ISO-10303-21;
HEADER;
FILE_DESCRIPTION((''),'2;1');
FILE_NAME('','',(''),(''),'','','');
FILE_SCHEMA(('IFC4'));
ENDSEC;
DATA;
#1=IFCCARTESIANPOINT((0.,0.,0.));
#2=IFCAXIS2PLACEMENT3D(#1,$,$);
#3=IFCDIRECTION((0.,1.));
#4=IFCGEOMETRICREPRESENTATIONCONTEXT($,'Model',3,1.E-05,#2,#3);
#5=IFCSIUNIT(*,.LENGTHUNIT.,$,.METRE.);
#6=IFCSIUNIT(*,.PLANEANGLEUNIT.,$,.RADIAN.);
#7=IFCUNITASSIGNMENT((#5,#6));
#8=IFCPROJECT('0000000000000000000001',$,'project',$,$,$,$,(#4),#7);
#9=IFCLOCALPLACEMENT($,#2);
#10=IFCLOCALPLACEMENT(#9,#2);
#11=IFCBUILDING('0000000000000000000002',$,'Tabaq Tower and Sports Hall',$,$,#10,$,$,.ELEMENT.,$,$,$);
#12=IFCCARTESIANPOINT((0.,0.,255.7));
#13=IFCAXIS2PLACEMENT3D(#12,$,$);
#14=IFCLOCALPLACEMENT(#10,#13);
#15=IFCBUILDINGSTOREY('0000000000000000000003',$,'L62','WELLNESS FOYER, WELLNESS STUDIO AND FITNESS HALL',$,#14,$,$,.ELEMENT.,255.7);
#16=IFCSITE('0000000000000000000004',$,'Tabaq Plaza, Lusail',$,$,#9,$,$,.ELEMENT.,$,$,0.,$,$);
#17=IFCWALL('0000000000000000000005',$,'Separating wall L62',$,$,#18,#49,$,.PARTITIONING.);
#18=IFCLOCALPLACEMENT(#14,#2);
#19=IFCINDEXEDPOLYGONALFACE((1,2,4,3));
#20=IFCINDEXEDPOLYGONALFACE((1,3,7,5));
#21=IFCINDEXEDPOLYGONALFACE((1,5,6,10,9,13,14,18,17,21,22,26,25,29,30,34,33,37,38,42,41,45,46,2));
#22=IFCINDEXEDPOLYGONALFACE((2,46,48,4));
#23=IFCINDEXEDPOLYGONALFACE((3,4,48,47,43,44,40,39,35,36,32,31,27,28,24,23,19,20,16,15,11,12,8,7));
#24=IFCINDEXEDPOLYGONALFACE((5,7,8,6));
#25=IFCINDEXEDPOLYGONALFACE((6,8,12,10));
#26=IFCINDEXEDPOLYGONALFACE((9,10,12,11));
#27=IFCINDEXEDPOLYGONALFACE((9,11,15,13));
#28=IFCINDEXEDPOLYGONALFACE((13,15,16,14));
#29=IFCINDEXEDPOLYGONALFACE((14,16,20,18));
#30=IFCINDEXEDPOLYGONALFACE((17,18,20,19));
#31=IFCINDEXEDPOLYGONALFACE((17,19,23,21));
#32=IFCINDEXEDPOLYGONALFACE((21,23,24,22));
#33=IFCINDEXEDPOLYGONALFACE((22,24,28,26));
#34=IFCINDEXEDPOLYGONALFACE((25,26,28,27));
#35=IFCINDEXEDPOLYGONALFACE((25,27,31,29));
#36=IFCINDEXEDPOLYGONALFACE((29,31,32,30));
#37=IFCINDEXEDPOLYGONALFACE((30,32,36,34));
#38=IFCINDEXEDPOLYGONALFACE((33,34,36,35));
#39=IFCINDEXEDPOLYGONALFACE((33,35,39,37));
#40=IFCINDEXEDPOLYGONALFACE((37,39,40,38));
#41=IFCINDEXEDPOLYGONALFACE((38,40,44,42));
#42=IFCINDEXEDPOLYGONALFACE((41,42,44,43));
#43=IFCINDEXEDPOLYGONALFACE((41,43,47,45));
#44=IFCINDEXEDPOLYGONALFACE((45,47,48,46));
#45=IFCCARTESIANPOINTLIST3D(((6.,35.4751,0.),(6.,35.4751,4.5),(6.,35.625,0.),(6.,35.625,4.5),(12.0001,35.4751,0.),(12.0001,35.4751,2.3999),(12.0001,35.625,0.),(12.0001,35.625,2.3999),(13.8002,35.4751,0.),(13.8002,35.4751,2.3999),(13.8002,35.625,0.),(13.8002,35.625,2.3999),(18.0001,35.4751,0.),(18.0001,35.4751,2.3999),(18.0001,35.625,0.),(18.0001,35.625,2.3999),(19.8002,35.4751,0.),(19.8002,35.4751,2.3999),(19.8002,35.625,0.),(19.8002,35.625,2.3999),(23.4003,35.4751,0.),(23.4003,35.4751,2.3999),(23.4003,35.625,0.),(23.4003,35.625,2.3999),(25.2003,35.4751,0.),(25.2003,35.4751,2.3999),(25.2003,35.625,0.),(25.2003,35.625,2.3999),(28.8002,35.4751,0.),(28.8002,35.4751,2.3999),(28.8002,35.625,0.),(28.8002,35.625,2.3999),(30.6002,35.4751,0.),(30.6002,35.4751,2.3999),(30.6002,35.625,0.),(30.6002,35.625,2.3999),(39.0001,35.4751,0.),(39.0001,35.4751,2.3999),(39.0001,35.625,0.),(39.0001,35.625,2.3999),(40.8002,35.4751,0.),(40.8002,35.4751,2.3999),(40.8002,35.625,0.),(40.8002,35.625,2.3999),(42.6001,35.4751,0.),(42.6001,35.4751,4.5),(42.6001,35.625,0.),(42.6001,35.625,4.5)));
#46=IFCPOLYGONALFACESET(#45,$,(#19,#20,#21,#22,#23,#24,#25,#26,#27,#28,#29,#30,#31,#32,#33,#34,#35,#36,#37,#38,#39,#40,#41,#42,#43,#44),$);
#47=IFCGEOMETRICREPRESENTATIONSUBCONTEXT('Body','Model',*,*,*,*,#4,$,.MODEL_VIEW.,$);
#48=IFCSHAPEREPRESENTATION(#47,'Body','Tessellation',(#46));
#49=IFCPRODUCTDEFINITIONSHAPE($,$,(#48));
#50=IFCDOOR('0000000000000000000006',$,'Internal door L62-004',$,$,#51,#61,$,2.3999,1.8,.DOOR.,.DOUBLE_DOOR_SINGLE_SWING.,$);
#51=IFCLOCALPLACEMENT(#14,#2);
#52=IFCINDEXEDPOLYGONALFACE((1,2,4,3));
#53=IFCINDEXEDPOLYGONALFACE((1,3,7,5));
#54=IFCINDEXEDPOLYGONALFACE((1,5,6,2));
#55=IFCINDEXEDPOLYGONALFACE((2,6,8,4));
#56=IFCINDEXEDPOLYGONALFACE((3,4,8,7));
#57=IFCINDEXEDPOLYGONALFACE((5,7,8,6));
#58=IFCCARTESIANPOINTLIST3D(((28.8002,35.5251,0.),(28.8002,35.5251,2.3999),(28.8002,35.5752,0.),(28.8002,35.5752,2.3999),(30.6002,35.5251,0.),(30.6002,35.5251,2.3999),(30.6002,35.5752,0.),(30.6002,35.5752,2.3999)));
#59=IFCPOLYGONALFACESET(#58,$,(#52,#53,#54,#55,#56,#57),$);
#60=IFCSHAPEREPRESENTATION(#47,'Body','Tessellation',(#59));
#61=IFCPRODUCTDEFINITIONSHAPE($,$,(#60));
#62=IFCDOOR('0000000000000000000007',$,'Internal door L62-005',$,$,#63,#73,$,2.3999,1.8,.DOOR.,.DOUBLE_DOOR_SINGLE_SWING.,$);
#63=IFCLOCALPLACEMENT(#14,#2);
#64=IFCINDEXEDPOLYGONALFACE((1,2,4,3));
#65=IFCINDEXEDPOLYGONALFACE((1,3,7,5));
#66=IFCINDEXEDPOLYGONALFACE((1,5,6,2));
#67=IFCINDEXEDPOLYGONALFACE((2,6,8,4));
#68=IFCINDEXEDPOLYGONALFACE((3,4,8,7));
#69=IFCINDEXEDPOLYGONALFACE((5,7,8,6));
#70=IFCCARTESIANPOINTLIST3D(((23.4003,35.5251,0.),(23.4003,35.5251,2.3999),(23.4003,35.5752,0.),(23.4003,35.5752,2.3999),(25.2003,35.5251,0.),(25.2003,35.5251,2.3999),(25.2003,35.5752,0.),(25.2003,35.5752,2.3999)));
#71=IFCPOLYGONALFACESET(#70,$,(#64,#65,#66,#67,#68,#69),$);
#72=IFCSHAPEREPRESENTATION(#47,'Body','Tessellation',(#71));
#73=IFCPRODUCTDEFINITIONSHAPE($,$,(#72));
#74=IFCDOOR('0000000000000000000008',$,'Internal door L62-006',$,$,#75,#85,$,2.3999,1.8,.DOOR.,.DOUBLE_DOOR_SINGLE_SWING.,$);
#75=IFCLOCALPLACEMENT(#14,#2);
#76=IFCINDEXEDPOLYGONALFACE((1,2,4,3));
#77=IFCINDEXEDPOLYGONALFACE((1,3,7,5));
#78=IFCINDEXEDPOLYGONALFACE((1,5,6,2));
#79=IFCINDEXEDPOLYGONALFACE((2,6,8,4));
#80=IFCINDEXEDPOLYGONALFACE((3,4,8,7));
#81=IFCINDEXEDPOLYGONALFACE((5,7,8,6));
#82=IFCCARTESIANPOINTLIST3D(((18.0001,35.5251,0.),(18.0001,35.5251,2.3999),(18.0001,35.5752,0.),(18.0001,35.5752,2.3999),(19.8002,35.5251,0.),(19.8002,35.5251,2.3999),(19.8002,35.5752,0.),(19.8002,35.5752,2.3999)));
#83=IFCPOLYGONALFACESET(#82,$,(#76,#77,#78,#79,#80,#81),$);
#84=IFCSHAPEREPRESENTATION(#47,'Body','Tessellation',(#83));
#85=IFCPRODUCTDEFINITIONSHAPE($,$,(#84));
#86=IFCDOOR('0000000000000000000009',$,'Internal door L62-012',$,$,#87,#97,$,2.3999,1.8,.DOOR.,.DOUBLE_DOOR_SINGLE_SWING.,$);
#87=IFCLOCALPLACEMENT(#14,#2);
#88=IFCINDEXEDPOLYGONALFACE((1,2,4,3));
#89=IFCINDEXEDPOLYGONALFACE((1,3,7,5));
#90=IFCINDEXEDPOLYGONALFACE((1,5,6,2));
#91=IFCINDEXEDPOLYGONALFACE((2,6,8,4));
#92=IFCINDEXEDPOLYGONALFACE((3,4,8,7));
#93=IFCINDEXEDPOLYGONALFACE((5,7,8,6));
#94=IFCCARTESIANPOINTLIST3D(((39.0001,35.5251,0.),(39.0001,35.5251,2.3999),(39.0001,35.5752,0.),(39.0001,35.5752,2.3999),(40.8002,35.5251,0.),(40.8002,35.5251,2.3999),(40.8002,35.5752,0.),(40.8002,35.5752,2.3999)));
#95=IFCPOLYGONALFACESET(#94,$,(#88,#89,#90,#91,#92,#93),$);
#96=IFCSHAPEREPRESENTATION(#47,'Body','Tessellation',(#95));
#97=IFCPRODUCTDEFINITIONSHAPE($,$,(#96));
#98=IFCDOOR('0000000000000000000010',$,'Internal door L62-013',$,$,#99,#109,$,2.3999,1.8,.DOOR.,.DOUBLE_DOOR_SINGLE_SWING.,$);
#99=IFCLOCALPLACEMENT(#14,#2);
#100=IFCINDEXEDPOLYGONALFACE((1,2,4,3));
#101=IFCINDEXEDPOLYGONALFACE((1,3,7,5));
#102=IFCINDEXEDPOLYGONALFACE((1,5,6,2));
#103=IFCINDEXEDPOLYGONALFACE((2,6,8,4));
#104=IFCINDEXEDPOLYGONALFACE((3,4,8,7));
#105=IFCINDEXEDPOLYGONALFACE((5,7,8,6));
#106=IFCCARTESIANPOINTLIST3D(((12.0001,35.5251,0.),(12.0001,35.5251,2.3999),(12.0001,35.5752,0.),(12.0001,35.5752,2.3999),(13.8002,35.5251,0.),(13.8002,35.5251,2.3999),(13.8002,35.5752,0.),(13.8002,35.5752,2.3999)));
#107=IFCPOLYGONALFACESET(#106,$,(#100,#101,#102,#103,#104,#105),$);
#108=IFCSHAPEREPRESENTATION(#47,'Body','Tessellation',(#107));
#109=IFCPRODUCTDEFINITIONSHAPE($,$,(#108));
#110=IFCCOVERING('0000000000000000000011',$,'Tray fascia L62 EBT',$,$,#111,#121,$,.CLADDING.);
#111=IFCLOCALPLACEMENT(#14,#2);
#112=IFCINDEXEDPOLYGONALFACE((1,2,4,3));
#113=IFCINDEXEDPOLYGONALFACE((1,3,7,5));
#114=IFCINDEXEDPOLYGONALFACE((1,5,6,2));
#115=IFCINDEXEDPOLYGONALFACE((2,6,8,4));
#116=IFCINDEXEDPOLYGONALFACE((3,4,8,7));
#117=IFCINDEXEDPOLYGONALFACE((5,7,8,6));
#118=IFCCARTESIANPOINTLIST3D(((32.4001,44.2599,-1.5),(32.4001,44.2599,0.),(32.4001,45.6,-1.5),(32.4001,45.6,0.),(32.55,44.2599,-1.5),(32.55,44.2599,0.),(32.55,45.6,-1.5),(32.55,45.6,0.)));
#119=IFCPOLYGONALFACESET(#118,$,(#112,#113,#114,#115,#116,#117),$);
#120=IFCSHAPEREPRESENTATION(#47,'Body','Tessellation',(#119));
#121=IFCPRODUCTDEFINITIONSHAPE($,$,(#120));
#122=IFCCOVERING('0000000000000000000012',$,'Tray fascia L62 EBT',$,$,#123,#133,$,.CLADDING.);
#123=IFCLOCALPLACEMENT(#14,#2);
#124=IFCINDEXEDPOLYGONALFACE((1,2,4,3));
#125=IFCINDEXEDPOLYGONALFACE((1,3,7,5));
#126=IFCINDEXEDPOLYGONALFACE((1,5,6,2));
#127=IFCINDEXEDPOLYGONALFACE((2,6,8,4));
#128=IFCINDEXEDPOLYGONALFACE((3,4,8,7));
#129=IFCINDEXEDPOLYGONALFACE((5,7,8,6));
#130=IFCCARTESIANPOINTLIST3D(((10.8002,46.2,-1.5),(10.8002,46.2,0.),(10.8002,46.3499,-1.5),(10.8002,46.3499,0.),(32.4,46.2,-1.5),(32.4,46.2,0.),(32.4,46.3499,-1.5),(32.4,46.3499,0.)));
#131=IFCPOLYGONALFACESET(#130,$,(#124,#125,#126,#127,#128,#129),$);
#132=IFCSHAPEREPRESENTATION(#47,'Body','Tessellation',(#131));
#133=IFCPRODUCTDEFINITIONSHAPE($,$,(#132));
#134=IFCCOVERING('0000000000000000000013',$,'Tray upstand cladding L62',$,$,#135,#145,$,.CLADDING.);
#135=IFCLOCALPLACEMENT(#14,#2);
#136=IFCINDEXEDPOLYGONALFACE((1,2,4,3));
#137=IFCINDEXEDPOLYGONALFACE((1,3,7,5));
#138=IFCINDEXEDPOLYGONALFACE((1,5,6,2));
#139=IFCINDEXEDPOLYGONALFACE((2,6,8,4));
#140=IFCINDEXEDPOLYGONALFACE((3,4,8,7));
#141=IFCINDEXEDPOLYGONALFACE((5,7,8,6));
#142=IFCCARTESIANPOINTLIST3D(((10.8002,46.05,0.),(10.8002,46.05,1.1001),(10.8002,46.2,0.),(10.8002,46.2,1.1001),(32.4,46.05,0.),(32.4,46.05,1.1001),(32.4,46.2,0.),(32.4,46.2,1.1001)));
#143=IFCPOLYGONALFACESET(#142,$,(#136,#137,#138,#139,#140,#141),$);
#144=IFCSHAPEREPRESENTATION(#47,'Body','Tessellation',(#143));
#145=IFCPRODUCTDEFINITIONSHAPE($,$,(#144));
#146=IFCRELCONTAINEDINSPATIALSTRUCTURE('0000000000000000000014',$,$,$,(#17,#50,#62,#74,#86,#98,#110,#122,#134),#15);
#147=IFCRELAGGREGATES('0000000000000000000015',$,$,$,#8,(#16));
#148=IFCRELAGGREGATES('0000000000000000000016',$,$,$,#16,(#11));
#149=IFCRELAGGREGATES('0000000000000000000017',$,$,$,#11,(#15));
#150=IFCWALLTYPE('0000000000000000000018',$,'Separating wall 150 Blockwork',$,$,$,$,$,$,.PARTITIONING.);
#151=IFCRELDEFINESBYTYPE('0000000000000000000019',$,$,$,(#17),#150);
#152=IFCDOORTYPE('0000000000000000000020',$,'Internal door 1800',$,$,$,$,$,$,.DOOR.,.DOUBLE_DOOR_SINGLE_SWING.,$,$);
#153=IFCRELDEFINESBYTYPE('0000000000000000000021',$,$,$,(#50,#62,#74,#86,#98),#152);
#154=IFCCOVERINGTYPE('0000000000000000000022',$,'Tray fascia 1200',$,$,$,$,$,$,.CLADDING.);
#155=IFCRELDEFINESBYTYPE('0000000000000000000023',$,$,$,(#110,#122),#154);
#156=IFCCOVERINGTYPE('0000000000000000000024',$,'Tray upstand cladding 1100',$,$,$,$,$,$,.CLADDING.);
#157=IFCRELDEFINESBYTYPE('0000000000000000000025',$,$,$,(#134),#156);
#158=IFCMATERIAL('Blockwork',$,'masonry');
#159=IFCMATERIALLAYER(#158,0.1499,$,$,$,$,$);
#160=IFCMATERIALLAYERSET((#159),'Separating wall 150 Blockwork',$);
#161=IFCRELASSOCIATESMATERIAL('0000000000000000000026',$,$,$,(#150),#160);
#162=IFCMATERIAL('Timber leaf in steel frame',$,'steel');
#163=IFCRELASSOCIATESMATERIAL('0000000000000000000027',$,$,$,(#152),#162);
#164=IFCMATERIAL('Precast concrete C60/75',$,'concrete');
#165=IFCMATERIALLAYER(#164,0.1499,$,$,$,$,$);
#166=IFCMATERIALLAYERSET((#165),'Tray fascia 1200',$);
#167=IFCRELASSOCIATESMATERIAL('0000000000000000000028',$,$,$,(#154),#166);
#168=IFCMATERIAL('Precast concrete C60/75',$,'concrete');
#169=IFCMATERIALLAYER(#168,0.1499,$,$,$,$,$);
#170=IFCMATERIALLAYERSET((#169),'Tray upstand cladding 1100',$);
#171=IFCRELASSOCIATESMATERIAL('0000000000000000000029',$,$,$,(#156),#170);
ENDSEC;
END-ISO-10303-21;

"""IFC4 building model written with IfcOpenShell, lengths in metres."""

from ifc_helpers import new_model, si_unit, direction, frame, frame_2d, origin, place, context, subcontext, project, spatial, rectangle, extrude, material, layer, layer_set, type_object, element, fill, save


model = new_model("IFC4")

# Units and contexts
model_context = context("Model", 3, precision=1e-05, world=origin(), true_north=direction((0.0, 1.0)))
body_context = subcontext(model_context, "Body", "Model", "MODEL_VIEW")
ifc_project = project(units=[si_unit("LENGTHUNIT", "METRE"), si_unit("PLANEANGLEUNIT", "RADIAN")], contexts=[model_context])

# Site, building, storey
site_placement = place(None, origin())
site = spatial("IfcSite", under=ifc_project, at=site_placement, Name="Tabaq Plaza, Lusail", CompositionType="ELEMENT", RefElevation=0.0)
building_placement = place(site_placement, origin())
building = spatial("IfcBuilding", under=site, at=building_placement, Name="Tabaq Tower and Sports Hall", CompositionType="ELEMENT")
storey_placement = place(building_placement, frame((0.0, 0.0, 255.7)))
storey = spatial("IfcBuildingStorey", under=building, at=storey_placement, Name="L62", Description="WELLNESS FOYER, WELLNESS STUDIO AND FITNESS HALL", CompositionType="ELEMENT", Elevation=255.7)

# Shared definitions
ifc_material_1 = material(Name="Blockwork", Category="masonry")
ifc_layer_1 = layer(ifc_material_1, 0.1499)
ifc_layer_set_1 = layer_set([ifc_layer_1], Name="Separating wall 150 Blockwork")
wall_type = type_object("IfcWallType", Name="Separating wall 150 Blockwork", PredefinedType="PARTITIONING", material=ifc_layer_set_1)

# Wall, openings, doors
wall_1_placement = place(storey_placement, frame((42.6001, 35.55, 0.0), z_axis=(0.0, 0.0, 1.0), x_axis=(-1.0, 0.0, 0.0)))
wall_1 = element("IfcWall", 1, at=wall_1_placement, inside=storey, type_object=wall_type, Name="Separating wall L62", PredefinedType="PARTITIONING", context=body_context, shape_type="SweptSolid", body=[
    extrude(rectangle(XDim=36.6001, YDim=0.1499, at=frame_2d((18.3, 0.0))), origin(), (0.0, 0.0, 1.0), 4.5),
])
opening_1_placement = place(wall_1_placement, frame((12.0, 0.0, 0.0)))
opening_1 = element("IfcOpeningElement", 2, at=opening_1_placement, cuts=wall_1, PredefinedType="OPENING", context=body_context, shape_type="SweptSolid", body=[
    extrude(rectangle(XDim=1.8, YDim=2.3999, at=frame_2d((0.8999, 1.2))), frame((0.0, 0.075, 0.0), z_axis=(0.0, -1.0, 0.0), x_axis=(1.0, 0.0, 0.0)), (0.0, 0.0, 1.0), 0.1499),
])
opening_2_placement = place(wall_1_placement, frame((17.3999, 0.0, 0.0)))
opening_2 = element("IfcOpeningElement", 3, at=opening_2_placement, cuts=wall_1, PredefinedType="OPENING", context=body_context, shape_type="SweptSolid", body=[
    extrude(rectangle(XDim=1.8, YDim=2.3999, at=frame_2d((0.8999, 1.2))), frame((0.0, 0.075, 0.0), z_axis=(0.0, -1.0, 0.0), x_axis=(1.0, 0.0, 0.0)), (0.0, 0.0, 1.0), 0.1499),
])
opening_3_placement = place(wall_1_placement, frame((22.8, 0.0, 0.0)))
opening_3 = element("IfcOpeningElement", 4, at=opening_3_placement, cuts=wall_1, PredefinedType="OPENING", context=body_context, shape_type="SweptSolid", body=[
    extrude(rectangle(XDim=1.8, YDim=2.3999, at=frame_2d((0.8999, 1.2))), frame((0.0, 0.075, 0.0), z_axis=(0.0, -1.0, 0.0), x_axis=(1.0, 0.0, 0.0)), (0.0, 0.0, 1.0), 0.1499),
])
opening_4_placement = place(wall_1_placement, frame((1.8, 0.0, 0.0)))
opening_4 = element("IfcOpeningElement", 5, at=opening_4_placement, cuts=wall_1, PredefinedType="OPENING", context=body_context, shape_type="SweptSolid", body=[
    extrude(rectangle(XDim=1.8, YDim=2.3999, at=frame_2d((0.8999, 1.2))), frame((0.0, 0.075, 0.0), z_axis=(0.0, -1.0, 0.0), x_axis=(1.0, 0.0, 0.0)), (0.0, 0.0, 1.0), 0.1499),
])
opening_5_placement = place(wall_1_placement, frame((28.8, 0.0, 0.0)))
opening_5 = element("IfcOpeningElement", 6, at=opening_5_placement, cuts=wall_1, PredefinedType="OPENING", context=body_context, shape_type="SweptSolid", body=[
    extrude(rectangle(XDim=1.8, YDim=2.3999, at=frame_2d((0.8999, 1.2))), frame((0.0, 0.075, 0.0), z_axis=(0.0, -1.0, 0.0), x_axis=(1.0, 0.0, 0.0)), (0.0, 0.0, 1.0), 0.1499),
])
ifc_material_2 = material(Name="Timber leaf in steel frame", Category="steel")
door_type = type_object("IfcDoorType", Name="Internal door 1800", OperationType="DOUBLE_DOOR_SINGLE_SWING", PredefinedType="DOOR", material=ifc_material_2)
door_1_placement = place(opening_1_placement, origin())
door_1 = element("IfcDoor", 7, at=door_1_placement, inside=storey, type_object=door_type, Name="Internal door L62-004", OperationType="DOUBLE_DOOR_SINGLE_SWING", OverallHeight=2.3999, OverallWidth=1.8, PredefinedType="DOOR", context=body_context, shape_type="SweptSolid", body=[
    extrude(rectangle(XDim=1.8, YDim=2.3999, at=frame_2d((0.8999, 1.2))), frame((0.0, 0.0249, 0.0), z_axis=(0.0, -1.0, 0.0), x_axis=(1.0, 0.0, 0.0)), (0.0, 0.0, 1.0), 0.05),
])
fill(opening_1, door_1)
door_2_placement = place(opening_2_placement, origin())
door_2 = element("IfcDoor", 8, at=door_2_placement, inside=storey, type_object=door_type, Name="Internal door L62-005", OperationType="DOUBLE_DOOR_SINGLE_SWING", OverallHeight=2.3999, OverallWidth=1.8, PredefinedType="DOOR", context=body_context, shape_type="SweptSolid", body=[
    extrude(rectangle(XDim=1.8, YDim=2.3999, at=frame_2d((0.8999, 1.2))), frame((0.0, 0.0249, 0.0), z_axis=(0.0, -1.0, 0.0), x_axis=(1.0, 0.0, 0.0)), (0.0, 0.0, 1.0), 0.05),
])
fill(opening_2, door_2)
door_3_placement = place(opening_3_placement, origin())
door_3 = element("IfcDoor", 9, at=door_3_placement, inside=storey, type_object=door_type, Name="Internal door L62-006", OperationType="DOUBLE_DOOR_SINGLE_SWING", OverallHeight=2.3999, OverallWidth=1.8, PredefinedType="DOOR", context=body_context, shape_type="SweptSolid", body=[
    extrude(rectangle(XDim=1.8, YDim=2.3999, at=frame_2d((0.8999, 1.2))), frame((0.0, 0.0249, 0.0), z_axis=(0.0, -1.0, 0.0), x_axis=(1.0, 0.0, 0.0)), (0.0, 0.0, 1.0), 0.05),
])
fill(opening_3, door_3)
door_4_placement = place(opening_4_placement, origin())
door_4 = element("IfcDoor", 10, at=door_4_placement, inside=storey, type_object=door_type, Name="Internal door L62-012", OperationType="DOUBLE_DOOR_SINGLE_SWING", OverallHeight=2.3999, OverallWidth=1.8, PredefinedType="DOOR", context=body_context, shape_type="SweptSolid", body=[
    extrude(rectangle(XDim=1.8, YDim=2.3999, at=frame_2d((0.8999, 1.2))), frame((0.0, 0.0249, 0.0), z_axis=(0.0, -1.0, 0.0), x_axis=(1.0, 0.0, 0.0)), (0.0, 0.0, 1.0), 0.05),
])
fill(opening_4, door_4)
door_5_placement = place(opening_5_placement, origin())
door_5 = element("IfcDoor", 11, at=door_5_placement, inside=storey, type_object=door_type, Name="Internal door L62-013", OperationType="DOUBLE_DOOR_SINGLE_SWING", OverallHeight=2.3999, OverallWidth=1.8, PredefinedType="DOOR", context=body_context, shape_type="SweptSolid", body=[
    extrude(rectangle(XDim=1.8, YDim=2.3999, at=frame_2d((0.8999, 1.2))), frame((0.0, 0.0249, 0.0), z_axis=(0.0, -1.0, 0.0), x_axis=(1.0, 0.0, 0.0)), (0.0, 0.0, 1.0), 0.05),
])
fill(opening_5, door_5)

# Coverings
ifc_material_3 = material(Name="Precast concrete C60/75", Category="concrete")
ifc_layer_2 = layer(ifc_material_3, 0.1499)
ifc_layer_set_2 = layer_set([ifc_layer_2], Name="Tray fascia 1200")
covering_type_1 = type_object("IfcCoveringType", Name="Tray fascia 1200", PredefinedType="CLADDING", material=ifc_layer_set_2)
covering_1_placement = place(storey_placement, frame((32.4751, 44.26, -1.5), z_axis=(0.0, 0.0, 1.0), x_axis=(0.0, 1.0, 0.0)))
element("IfcCovering", 12, at=covering_1_placement, inside=storey, type_object=covering_type_1, Name="Tray fascia L62 EBT", PredefinedType="CLADDING", context=body_context, shape_type="SweptSolid", body=[
    extrude(rectangle(XDim=1.3401, YDim=0.1499, at=frame_2d((0.6699, 0.0))), origin(), (0.0, 0.0, 1.0), 1.5),
])
covering_2_placement = place(storey_placement, frame((32.3999, 46.2749, -1.5), z_axis=(0.0, 0.0, 1.0), x_axis=(-1.0, 0.0, 0.0)))
element("IfcCovering", 13, at=covering_2_placement, inside=storey, type_object=covering_type_1, Name="Tray fascia L62 EBT", PredefinedType="CLADDING", context=body_context, shape_type="SweptSolid", body=[
    extrude(rectangle(XDim=21.5999, YDim=0.1499, at=frame_2d((10.7998, 0.0))), origin(), (0.0, 0.0, 1.0), 1.5),
])
ifc_material_4 = material(Name="Precast concrete C60/75", Category="concrete")
ifc_layer_3 = layer(ifc_material_4, 0.1499)
ifc_layer_set_3 = layer_set([ifc_layer_3], Name="Tray upstand cladding 1100")
covering_type_2 = type_object("IfcCoveringType", Name="Tray upstand cladding 1100", PredefinedType="CLADDING", material=ifc_layer_set_3)
covering_3_placement = place(storey_placement, frame((32.3999, 46.125, 0.0), z_axis=(0.0, 0.0, 1.0), x_axis=(-1.0, 0.0, 0.0)))
element("IfcCovering", 14, at=covering_3_placement, inside=storey, type_object=covering_type_2, Name="Tray upstand cladding L62", PredefinedType="CLADDING", context=body_context, shape_type="SweptSolid", body=[
    extrude(rectangle(XDim=21.5999, YDim=0.1499, at=frame_2d((10.7998, 0.0))), origin(), (0.0, 0.0, 1.0), 1.1001),
])

save(model, "model.ifc")
